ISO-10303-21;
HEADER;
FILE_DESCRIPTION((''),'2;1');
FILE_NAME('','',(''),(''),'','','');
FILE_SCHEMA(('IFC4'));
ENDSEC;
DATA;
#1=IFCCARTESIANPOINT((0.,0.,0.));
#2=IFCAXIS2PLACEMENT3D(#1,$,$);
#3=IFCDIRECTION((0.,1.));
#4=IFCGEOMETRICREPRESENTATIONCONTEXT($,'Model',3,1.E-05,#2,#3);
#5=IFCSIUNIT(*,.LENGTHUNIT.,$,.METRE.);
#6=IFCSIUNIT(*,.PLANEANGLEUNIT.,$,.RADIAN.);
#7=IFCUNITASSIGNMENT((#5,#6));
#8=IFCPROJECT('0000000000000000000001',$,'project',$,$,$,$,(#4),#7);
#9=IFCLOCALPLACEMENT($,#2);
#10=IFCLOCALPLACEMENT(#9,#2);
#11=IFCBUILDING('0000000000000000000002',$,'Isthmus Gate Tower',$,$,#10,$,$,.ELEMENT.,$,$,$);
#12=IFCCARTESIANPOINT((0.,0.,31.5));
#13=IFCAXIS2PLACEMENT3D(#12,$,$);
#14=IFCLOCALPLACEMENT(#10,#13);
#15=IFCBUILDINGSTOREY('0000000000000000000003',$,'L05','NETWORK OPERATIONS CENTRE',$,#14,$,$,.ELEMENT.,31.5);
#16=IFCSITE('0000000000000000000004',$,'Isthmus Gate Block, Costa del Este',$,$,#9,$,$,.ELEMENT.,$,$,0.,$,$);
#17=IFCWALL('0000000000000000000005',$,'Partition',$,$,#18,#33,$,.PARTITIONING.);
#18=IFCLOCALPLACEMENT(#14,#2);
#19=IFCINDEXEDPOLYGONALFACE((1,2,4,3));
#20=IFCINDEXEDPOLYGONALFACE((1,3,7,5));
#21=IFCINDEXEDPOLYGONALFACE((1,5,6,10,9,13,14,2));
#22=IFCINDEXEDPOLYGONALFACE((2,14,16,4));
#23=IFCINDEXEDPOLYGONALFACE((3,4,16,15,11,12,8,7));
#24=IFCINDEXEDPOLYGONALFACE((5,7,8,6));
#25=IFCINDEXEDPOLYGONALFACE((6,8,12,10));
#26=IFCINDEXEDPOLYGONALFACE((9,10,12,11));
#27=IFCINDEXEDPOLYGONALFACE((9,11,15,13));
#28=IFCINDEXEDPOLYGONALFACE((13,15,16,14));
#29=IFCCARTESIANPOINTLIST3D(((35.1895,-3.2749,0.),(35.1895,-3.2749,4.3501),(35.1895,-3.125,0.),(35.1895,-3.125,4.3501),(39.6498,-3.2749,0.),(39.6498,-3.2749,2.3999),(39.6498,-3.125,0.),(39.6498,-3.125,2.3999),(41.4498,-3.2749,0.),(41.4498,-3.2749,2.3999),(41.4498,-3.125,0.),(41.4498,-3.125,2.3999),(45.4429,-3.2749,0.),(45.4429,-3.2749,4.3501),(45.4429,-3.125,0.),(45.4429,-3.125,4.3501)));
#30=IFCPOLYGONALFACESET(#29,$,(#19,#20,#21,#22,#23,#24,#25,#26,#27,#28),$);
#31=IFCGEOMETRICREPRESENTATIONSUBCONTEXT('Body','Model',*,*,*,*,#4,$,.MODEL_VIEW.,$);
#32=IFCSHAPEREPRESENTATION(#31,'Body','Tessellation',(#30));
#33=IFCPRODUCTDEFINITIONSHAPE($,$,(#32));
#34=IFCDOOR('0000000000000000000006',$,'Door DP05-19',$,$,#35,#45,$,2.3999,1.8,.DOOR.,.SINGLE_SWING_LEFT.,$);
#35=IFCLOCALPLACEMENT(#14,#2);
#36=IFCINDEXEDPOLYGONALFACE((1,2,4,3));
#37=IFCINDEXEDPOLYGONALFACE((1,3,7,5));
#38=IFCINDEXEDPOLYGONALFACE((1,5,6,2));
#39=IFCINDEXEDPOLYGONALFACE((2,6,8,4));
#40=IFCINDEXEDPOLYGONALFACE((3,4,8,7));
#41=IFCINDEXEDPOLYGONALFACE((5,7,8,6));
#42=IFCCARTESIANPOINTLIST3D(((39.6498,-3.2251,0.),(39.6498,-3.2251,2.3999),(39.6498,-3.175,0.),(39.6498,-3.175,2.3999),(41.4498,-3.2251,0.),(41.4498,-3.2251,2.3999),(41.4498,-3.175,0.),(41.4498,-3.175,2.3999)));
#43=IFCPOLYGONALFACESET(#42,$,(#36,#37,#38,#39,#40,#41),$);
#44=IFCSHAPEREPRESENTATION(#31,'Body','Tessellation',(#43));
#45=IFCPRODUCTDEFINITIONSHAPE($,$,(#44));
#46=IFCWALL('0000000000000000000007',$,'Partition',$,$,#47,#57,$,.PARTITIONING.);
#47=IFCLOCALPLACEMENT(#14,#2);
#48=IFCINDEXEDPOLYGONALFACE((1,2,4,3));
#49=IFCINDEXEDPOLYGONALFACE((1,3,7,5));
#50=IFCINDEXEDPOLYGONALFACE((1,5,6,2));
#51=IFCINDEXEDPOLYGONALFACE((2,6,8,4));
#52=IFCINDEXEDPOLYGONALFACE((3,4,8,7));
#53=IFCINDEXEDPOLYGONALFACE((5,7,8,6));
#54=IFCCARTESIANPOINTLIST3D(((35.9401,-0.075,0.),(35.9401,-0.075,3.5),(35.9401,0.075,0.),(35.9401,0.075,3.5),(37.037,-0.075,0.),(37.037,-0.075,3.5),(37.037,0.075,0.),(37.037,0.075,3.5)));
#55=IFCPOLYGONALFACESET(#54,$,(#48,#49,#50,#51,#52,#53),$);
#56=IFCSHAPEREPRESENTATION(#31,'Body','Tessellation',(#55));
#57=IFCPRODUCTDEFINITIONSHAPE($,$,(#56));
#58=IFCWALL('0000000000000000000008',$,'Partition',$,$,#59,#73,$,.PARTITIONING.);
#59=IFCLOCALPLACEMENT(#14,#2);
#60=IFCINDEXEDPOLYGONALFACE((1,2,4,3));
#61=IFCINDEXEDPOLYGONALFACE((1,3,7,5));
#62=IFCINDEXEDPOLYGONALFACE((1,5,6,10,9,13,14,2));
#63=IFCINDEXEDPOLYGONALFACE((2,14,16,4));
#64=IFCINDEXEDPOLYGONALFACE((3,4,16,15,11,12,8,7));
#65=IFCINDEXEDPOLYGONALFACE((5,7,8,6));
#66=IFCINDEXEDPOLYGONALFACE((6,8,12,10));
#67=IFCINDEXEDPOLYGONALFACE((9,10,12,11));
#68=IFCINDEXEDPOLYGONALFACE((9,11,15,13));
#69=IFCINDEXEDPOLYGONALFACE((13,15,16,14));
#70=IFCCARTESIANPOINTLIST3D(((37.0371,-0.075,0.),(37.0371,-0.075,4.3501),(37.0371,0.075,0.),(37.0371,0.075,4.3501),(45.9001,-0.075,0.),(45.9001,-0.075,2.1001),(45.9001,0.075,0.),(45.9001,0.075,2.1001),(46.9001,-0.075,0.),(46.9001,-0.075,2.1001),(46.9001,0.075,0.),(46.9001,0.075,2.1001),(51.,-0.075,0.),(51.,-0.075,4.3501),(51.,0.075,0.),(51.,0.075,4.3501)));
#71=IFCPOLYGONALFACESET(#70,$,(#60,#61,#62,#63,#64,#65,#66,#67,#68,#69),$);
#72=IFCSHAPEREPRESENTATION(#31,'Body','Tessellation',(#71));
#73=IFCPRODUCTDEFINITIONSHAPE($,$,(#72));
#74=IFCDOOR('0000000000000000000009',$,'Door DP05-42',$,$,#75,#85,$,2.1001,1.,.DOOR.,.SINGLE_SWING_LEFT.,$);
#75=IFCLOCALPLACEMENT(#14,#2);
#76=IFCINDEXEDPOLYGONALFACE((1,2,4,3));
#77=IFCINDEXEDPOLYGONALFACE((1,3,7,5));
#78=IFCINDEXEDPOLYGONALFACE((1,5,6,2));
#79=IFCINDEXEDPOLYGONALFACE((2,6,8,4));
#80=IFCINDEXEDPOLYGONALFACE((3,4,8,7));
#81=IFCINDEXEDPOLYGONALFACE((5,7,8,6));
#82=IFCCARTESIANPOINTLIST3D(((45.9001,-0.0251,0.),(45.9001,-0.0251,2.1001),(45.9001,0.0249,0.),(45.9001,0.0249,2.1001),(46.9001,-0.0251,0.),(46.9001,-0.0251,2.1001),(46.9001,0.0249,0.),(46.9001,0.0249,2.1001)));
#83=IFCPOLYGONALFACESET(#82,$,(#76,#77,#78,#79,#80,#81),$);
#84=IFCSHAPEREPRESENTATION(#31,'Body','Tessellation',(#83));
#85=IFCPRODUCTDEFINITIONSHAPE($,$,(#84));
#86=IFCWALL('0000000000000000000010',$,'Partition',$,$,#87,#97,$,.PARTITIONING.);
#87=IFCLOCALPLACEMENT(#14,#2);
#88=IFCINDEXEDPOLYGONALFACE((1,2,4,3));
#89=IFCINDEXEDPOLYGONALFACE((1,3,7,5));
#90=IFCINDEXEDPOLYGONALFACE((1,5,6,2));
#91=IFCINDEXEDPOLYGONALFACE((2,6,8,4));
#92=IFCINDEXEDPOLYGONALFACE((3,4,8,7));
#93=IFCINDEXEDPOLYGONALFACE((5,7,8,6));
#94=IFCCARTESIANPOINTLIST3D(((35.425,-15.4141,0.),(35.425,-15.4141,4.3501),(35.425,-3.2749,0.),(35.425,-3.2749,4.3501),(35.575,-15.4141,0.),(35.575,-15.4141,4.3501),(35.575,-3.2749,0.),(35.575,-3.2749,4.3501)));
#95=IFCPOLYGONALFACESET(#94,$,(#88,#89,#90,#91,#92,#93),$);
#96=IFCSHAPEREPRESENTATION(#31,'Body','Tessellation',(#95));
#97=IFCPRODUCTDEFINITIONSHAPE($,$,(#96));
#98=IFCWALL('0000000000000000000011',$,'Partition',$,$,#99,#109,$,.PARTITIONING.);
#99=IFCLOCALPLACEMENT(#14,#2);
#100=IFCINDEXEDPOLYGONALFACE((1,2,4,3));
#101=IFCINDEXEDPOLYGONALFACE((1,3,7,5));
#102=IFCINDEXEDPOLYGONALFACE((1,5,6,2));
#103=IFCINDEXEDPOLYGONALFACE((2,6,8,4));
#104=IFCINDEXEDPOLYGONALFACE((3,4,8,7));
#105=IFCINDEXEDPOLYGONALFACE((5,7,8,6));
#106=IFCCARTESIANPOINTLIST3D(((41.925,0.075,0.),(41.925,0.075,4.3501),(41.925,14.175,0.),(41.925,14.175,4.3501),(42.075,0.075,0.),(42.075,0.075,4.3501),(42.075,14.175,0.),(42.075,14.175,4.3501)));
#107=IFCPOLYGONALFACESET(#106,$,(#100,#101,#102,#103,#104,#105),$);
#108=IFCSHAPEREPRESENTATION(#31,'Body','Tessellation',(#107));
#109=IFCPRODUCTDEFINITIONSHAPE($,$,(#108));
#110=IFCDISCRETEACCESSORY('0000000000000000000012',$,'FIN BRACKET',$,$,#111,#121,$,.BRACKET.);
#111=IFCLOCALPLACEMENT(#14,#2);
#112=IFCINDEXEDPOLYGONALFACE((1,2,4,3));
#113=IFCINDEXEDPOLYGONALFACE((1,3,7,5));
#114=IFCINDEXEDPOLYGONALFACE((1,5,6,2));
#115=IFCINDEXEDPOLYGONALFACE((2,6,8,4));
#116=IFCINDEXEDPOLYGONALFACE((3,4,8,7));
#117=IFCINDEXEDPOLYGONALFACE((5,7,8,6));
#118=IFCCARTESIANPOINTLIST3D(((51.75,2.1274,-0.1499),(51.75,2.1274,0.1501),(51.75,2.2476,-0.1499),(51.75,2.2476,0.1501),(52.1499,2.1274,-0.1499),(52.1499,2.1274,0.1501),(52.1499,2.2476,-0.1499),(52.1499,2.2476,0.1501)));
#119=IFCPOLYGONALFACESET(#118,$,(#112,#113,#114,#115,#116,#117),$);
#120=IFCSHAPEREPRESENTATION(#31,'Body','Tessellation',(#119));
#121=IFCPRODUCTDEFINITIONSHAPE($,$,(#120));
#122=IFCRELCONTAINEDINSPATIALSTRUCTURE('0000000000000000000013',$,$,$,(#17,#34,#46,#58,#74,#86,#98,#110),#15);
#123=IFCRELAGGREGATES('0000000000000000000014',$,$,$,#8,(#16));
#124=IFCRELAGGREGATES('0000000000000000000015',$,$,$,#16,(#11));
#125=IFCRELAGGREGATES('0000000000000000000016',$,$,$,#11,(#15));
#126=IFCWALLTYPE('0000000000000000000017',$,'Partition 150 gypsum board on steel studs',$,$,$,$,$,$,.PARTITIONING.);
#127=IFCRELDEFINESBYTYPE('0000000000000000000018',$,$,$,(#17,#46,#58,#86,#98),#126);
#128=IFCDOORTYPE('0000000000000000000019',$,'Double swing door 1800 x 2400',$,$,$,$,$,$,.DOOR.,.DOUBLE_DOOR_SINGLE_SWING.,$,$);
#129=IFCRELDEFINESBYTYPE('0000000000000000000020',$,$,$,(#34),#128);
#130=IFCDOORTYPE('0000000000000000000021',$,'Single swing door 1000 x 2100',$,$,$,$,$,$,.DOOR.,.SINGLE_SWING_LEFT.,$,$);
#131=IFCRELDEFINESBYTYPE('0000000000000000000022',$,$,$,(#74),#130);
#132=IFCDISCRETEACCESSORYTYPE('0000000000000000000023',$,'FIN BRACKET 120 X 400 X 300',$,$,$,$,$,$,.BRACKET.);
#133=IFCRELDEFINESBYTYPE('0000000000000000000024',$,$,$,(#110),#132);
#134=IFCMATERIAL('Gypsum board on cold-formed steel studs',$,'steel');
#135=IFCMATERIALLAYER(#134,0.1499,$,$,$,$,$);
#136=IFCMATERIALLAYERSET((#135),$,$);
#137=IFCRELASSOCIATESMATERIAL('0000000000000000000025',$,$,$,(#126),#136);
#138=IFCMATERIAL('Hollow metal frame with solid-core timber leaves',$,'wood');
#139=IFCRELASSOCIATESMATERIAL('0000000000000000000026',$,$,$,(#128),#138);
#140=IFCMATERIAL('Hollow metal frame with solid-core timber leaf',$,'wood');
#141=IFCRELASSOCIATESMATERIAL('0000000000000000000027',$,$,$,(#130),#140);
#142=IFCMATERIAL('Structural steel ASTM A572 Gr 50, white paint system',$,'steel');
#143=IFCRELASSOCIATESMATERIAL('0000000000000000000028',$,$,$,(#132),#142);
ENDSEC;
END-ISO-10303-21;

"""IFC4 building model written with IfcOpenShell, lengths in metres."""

from ifc_helpers import new_model, si_unit, direction, frame, frame_2d, origin, origin_2d, place, context, subcontext, project, spatial, rectangle, extrude, material, layer, layer_set, type_object, element, fill, save


model = new_model("IFC4")

# Units and contexts
model_context = context("Model", 3, precision=1e-05, world=origin(), true_north=direction((0.0, 1.0)))
body_context = subcontext(model_context, "Body", "Model", "MODEL_VIEW")
ifc_project = project(units=[si_unit("LENGTHUNIT", "METRE"), si_unit("PLANEANGLEUNIT", "RADIAN")], contexts=[model_context])

# Site, building, storey
site_placement = place(None, origin())
site = spatial("IfcSite", under=ifc_project, at=site_placement, Name="Isthmus Gate Block, Costa del Este", CompositionType="ELEMENT", RefElevation=0.0)
building_placement = place(site_placement, origin())
building = spatial("IfcBuilding", under=site, at=building_placement, Name="Isthmus Gate Tower", CompositionType="ELEMENT")
storey_placement = place(building_placement, frame((0.0, 0.0, 31.5)))
storey = spatial("IfcBuildingStorey", under=building, at=storey_placement, Name="L05", Description="NETWORK OPERATIONS CENTRE", CompositionType="ELEMENT", Elevation=31.5)

# Shared definitions
ifc_material_1 = material(Name="Gypsum board on cold-formed steel studs", Category="steel")
ifc_layer_1 = layer(ifc_material_1, 0.1499)
ifc_layer_set_1 = layer_set([ifc_layer_1])
wall_type_1 = type_object("IfcWallType", Name="Partition 150 gypsum board on steel studs", PredefinedType="PARTITIONING", material=ifc_layer_set_1)

# Wall, opening, door
wall_1_placement = place(storey_placement, frame((35.1895, -3.2, 0.0), z_axis=(0.0, 0.0, 1.0), x_axis=(1.0, 0.0, 0.0)))
wall_1 = element("IfcWall", 1, at=wall_1_placement, inside=storey, type_object=wall_type_1, Name="Partition", PredefinedType="PARTITIONING", context=body_context, shape_type="SweptSolid", body=[
    extrude(rectangle(XDim=10.2534, YDim=0.1499, at=frame_2d((5.1267, 0.0))), origin(), (0.0, 0.0, 1.0), 4.3501),
])
opening_1_placement = place(wall_1_placement, frame((4.4604, 0.0, 0.0)))
opening_1 = element("IfcOpeningElement", 2, at=opening_1_placement, cuts=wall_1, PredefinedType="OPENING", context=body_context, shape_type="SweptSolid", body=[
    extrude(rectangle(XDim=1.8, YDim=2.3999, at=frame_2d((0.8999, 1.2))), frame((0.0, 0.085, 0.0), z_axis=(0.0, -1.0, 0.0), x_axis=(1.0, 0.0, 0.0)), (0.0, 0.0, 1.0), 0.1699),
])
ifc_material_2 = material(Name="Hollow metal frame with solid-core timber leaves", Category="wood")
door_type_1 = type_object("IfcDoorType", Name="Double swing door 1800 x 2400", OperationType="DOUBLE_DOOR_SINGLE_SWING", PredefinedType="DOOR", material=ifc_material_2)
door_1_placement = place(opening_1_placement, origin())
door_1 = element("IfcDoor", 3, at=door_1_placement, inside=storey, type_object=door_type_1, Name="Door DP05-19", OperationType="SINGLE_SWING_LEFT", OverallHeight=2.3999, OverallWidth=1.8, PredefinedType="DOOR", context=body_context, shape_type="SweptSolid", body=[
    extrude(rectangle(XDim=1.8, YDim=2.3999, at=frame_2d((0.8999, 1.2))), frame((0.0, 0.0249, 0.0), z_axis=(0.0, -1.0, 0.0), x_axis=(1.0, 0.0, 0.0)), (0.0, 0.0, 1.0), 0.05),
])
fill(opening_1, door_1)

# Wall
wall_2_placement = place(storey_placement, frame((35.9402, 0.0, 0.0), z_axis=(0.0, 0.0, 1.0), x_axis=(1.0, 0.0, 0.0)))
element("IfcWall", 4, at=wall_2_placement, inside=storey, type_object=wall_type_1, Name="Partition", PredefinedType="PARTITIONING", context=body_context, shape_type="SweptSolid", body=[
    extrude(rectangle(XDim=1.0969, YDim=0.1499, at=frame_2d((0.5483, 0.0))), origin(), (0.0, 0.0, 1.0), 3.5),
])

# Wall, opening, door
wall_3_placement = place(storey_placement, frame((37.0371, 0.0, 0.0), z_axis=(0.0, 0.0, 1.0), x_axis=(1.0, 0.0, 0.0)))
wall_3 = element("IfcWall", 5, at=wall_3_placement, inside=storey, type_object=wall_type_1, Name="Partition", PredefinedType="PARTITIONING", context=body_context, shape_type="SweptSolid", body=[
    extrude(rectangle(XDim=13.9629, YDim=0.1499, at=frame_2d((6.9814, 0.0))), origin(), (0.0, 0.0, 1.0), 4.3501),
])
opening_2_placement = place(wall_3_placement, frame((8.863, 0.0, 0.0)))
opening_2 = element("IfcOpeningElement", 6, at=opening_2_placement, cuts=wall_3, PredefinedType="OPENING", context=body_context, shape_type="SweptSolid", body=[
    extrude(rectangle(XDim=1.0, YDim=2.1001, at=frame_2d((0.5, 1.05))), frame((0.0, 0.085, 0.0), z_axis=(0.0, -1.0, 0.0), x_axis=(1.0, 0.0, 0.0)), (0.0, 0.0, 1.0), 0.1699),
])
ifc_material_3 = material(Name="Hollow metal frame with solid-core timber leaf", Category="wood")
door_type_2 = type_object("IfcDoorType", Name="Single swing door 1000 x 2100", OperationType="SINGLE_SWING_LEFT", PredefinedType="DOOR", material=ifc_material_3)
door_2_placement = place(opening_2_placement, origin())
door_2 = element("IfcDoor", 7, at=door_2_placement, inside=storey, type_object=door_type_2, Name="Door DP05-42", OperationType="SINGLE_SWING_LEFT", OverallHeight=2.1001, OverallWidth=1.0, PredefinedType="DOOR", context=body_context, shape_type="SweptSolid", body=[
    extrude(rectangle(XDim=1.0, YDim=2.1001, at=frame_2d((0.5, 1.05))), frame((0.0, 0.0249, 0.0), z_axis=(0.0, -1.0, 0.0), x_axis=(1.0, 0.0, 0.0)), (0.0, 0.0, 1.0), 0.05),
])
fill(opening_2, door_2)

# Walls
wall_4_placement = place(storey_placement, frame((35.5, -15.4141, 0.0), z_axis=(0.0, 0.0, 1.0), x_axis=(0.0, 1.0, 0.0)))
element("IfcWall", 8, at=wall_4_placement, inside=storey, type_object=wall_type_1, Name="Partition", PredefinedType="PARTITIONING", context=body_context, shape_type="SweptSolid", body=[
    extrude(rectangle(XDim=12.1392, YDim=0.1499, at=frame_2d((6.0696, 0.0))), origin(), (0.0, 0.0, 1.0), 4.3501),
])
wall_5_placement = place(storey_placement, frame((42.0, 0.075, 0.0), z_axis=(0.0, 0.0, 1.0), x_axis=(0.0, 1.0, 0.0)))
element("IfcWall", 9, at=wall_5_placement, inside=storey, type_object=wall_type_1, Name="Partition", PredefinedType="PARTITIONING", context=body_context, shape_type="SweptSolid", body=[
    extrude(rectangle(XDim=14.1001, YDim=0.1499, at=frame_2d((7.05, 0.0))), origin(), (0.0, 0.0, 1.0), 4.3501),
])

# Discrete accessory
ifc_material_4 = material(Name="Structural steel ASTM A572 Gr 50, white paint system", Category="steel")
discrete_accessory_type = type_object("IfcDiscreteAccessoryType", Name="FIN BRACKET 120 X 400 X 300", PredefinedType="BRACKET", material=ifc_material_4)
discrete_accessory_placement = place(storey_placement, frame((51.95, 2.1875, -0.1499), z_axis=(0.0, 0.0, 1.0), x_axis=(1.0, 0.0, 0.0)))
element("IfcDiscreteAccessory", 10, at=discrete_accessory_placement, inside=storey, type_object=discrete_accessory_type, Name="FIN BRACKET", PredefinedType="BRACKET", context=body_context, shape_type="SweptSolid", body=[
    extrude(rectangle(XDim=0.3999, YDim=0.1201, at=origin_2d()), origin(), (0.0, 0.0, 1.0), 0.3),
])

save(model, "model.ifc")
